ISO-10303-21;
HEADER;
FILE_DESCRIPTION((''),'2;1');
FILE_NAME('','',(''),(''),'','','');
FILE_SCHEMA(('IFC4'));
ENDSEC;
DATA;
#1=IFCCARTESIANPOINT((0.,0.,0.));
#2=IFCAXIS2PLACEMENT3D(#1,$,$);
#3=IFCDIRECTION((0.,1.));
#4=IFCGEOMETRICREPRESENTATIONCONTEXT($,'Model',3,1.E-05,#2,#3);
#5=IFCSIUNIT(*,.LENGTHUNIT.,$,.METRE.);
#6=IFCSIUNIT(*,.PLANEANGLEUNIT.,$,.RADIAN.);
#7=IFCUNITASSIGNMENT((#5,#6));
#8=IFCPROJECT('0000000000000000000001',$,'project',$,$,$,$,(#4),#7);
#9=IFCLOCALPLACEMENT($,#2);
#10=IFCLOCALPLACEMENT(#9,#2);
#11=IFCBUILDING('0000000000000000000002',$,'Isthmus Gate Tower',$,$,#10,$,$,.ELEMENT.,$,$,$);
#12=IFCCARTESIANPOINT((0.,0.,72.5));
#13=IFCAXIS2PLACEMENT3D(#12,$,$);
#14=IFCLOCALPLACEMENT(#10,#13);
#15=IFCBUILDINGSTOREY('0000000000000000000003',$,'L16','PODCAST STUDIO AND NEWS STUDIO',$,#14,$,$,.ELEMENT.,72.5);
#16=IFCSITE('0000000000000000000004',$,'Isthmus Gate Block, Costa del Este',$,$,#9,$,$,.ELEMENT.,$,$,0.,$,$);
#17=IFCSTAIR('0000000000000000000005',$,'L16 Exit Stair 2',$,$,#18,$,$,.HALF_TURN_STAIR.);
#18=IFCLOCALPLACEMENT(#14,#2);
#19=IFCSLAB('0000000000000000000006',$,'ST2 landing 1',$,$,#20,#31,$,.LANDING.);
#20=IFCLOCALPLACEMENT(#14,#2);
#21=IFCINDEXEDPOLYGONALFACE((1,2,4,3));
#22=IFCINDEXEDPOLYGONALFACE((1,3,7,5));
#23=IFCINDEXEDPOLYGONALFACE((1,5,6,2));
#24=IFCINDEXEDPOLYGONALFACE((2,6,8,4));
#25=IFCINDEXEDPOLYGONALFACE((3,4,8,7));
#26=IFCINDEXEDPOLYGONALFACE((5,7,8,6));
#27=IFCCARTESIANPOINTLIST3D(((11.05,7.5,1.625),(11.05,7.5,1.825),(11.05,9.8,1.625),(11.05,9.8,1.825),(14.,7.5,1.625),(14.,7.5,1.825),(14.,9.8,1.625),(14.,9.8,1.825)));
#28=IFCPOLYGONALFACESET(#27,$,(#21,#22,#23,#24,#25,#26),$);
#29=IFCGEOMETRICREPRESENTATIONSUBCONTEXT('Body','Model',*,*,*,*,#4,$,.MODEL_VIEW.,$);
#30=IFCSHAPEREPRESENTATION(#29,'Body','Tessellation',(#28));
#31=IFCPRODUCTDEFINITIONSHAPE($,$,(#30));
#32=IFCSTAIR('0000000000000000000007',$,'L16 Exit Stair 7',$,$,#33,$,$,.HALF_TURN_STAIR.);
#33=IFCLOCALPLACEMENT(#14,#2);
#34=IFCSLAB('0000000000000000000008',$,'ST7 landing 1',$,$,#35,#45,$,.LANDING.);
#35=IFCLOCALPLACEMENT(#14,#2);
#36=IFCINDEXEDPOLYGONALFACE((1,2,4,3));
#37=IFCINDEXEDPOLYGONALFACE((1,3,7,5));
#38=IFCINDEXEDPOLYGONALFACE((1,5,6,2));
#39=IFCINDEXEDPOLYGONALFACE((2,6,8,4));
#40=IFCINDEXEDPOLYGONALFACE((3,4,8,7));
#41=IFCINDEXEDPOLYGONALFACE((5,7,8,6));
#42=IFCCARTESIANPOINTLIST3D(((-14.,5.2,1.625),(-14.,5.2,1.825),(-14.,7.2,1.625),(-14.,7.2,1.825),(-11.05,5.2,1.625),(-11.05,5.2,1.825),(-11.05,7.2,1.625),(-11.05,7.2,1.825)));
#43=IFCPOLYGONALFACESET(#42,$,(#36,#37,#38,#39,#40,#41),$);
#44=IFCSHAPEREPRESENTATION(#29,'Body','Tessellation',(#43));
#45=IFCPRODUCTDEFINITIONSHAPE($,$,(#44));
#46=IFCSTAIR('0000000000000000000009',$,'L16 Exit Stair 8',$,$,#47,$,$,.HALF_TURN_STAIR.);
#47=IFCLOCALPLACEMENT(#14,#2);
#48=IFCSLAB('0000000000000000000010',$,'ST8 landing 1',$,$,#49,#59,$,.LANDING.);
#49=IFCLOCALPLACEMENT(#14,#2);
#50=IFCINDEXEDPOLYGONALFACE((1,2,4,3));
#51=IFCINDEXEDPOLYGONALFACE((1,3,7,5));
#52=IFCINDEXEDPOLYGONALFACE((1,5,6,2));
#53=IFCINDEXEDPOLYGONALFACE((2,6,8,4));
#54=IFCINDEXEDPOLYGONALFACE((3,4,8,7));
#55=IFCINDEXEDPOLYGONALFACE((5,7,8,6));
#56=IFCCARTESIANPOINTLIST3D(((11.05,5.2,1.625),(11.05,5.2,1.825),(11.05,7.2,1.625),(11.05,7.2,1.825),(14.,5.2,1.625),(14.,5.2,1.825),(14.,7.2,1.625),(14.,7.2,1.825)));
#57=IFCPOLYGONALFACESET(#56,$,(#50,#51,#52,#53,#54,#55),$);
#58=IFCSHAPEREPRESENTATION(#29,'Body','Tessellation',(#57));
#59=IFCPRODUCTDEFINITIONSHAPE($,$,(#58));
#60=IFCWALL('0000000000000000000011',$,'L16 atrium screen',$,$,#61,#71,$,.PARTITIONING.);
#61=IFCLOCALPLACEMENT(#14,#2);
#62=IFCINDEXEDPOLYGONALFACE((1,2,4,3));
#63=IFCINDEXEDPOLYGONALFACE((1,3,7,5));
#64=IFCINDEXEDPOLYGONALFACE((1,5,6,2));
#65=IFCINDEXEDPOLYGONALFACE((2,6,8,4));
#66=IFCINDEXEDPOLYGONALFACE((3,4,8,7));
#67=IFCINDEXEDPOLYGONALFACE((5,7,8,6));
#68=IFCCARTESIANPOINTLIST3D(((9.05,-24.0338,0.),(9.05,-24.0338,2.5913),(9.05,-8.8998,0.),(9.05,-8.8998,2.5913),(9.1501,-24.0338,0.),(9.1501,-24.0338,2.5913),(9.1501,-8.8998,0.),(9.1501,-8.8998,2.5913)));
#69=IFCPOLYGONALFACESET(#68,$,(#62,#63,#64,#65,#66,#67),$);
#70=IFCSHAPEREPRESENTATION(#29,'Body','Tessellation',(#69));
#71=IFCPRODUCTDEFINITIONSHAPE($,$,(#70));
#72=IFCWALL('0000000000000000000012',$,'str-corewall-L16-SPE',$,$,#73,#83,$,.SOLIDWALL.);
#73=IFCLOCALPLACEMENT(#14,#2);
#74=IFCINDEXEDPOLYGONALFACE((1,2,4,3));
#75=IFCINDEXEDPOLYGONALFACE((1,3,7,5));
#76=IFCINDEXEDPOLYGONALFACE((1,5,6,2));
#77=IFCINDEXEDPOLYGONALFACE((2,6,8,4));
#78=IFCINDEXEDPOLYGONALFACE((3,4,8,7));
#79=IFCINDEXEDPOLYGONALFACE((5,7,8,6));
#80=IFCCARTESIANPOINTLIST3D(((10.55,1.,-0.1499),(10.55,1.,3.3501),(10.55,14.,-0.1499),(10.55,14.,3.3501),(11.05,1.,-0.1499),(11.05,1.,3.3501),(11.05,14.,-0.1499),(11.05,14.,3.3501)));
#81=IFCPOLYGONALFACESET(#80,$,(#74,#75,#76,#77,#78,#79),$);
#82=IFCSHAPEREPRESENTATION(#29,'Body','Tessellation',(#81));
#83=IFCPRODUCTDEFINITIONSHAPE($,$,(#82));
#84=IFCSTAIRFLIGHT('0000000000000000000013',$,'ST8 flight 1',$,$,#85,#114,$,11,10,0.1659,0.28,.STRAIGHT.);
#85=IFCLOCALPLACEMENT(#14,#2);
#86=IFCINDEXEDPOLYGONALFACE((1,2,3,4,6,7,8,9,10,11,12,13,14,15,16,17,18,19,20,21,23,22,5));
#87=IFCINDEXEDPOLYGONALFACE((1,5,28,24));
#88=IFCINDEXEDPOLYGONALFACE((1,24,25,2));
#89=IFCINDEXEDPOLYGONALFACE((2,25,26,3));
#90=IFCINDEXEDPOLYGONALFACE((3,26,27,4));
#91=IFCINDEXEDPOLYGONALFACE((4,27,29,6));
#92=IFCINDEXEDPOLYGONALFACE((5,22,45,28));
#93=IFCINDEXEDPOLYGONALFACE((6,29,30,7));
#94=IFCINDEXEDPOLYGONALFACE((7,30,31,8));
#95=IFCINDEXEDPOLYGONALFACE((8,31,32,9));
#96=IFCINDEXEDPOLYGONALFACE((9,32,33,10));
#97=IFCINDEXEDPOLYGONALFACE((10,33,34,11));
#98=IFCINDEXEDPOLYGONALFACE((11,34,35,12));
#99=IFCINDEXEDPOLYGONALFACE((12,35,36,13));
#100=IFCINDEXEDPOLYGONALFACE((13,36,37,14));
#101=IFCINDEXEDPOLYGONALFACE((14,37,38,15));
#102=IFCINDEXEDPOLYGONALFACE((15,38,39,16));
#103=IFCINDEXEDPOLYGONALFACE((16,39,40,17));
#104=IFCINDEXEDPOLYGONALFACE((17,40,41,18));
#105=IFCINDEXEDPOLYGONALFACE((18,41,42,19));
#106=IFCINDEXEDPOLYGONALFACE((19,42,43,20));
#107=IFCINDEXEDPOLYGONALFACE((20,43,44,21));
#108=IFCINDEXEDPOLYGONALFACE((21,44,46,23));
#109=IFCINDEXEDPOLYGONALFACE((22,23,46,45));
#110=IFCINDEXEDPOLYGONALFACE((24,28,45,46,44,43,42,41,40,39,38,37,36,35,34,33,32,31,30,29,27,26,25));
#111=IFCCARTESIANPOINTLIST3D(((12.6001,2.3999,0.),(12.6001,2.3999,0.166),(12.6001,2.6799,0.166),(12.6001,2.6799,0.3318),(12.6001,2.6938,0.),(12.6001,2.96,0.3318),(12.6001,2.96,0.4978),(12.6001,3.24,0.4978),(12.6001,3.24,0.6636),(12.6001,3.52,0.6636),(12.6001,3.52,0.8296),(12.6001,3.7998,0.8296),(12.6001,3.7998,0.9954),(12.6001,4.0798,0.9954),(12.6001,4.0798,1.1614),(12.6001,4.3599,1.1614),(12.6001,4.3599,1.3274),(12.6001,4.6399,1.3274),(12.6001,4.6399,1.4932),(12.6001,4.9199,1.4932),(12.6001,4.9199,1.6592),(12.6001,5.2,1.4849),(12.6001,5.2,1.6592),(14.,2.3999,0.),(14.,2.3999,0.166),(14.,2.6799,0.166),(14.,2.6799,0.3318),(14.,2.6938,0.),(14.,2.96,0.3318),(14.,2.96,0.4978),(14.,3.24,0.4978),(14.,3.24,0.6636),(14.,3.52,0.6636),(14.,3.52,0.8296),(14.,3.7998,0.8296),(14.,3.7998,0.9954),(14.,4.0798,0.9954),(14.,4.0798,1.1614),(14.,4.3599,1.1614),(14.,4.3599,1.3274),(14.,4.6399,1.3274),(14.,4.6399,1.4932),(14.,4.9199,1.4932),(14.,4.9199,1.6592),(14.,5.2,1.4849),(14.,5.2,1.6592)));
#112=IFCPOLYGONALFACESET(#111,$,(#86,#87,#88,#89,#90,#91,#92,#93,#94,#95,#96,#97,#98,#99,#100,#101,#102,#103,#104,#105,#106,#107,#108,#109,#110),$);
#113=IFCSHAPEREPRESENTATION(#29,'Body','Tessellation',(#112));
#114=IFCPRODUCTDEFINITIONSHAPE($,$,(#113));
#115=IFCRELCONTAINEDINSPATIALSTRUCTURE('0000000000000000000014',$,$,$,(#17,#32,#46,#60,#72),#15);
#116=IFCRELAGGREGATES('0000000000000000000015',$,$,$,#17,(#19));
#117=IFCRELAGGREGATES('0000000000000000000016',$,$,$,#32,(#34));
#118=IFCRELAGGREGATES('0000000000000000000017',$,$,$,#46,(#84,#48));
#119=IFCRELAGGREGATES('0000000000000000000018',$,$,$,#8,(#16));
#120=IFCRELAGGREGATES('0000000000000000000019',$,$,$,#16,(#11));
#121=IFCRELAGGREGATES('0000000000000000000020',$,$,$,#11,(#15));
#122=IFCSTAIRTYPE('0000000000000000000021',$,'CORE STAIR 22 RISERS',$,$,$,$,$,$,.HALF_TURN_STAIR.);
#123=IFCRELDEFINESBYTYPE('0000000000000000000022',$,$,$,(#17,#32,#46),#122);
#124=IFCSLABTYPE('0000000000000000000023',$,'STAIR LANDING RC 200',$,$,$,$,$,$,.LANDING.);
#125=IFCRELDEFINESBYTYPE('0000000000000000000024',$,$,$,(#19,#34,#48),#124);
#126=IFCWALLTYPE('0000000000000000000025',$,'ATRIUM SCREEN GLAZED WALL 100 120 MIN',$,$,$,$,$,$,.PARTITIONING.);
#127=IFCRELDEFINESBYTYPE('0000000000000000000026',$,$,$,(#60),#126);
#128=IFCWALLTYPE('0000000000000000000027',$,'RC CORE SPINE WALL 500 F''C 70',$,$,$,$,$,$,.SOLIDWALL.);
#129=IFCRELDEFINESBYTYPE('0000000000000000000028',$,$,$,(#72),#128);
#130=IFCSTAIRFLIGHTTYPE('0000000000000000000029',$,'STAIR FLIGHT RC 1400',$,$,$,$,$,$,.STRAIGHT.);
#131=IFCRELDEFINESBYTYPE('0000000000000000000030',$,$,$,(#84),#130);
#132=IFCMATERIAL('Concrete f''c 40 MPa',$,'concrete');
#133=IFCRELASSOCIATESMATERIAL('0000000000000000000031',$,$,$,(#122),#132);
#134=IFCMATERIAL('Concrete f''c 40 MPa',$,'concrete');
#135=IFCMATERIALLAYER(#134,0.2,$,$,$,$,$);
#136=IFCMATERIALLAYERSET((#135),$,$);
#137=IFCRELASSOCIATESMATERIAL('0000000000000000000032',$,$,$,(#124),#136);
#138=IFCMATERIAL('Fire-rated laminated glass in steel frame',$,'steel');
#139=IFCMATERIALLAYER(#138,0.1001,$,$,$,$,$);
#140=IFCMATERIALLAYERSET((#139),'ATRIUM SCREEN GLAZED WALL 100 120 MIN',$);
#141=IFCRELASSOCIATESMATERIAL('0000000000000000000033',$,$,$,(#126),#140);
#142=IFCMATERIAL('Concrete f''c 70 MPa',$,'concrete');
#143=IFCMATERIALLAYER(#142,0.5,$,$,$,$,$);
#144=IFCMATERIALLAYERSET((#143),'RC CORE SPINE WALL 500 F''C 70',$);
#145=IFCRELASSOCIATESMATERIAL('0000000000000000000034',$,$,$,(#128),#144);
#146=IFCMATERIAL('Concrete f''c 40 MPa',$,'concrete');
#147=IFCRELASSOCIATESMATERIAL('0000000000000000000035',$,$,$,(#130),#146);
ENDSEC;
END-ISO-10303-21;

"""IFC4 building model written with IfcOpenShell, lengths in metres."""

from ifc_helpers import new_model, si_unit, direction, frame, frame_2d, origin, place, context, subcontext, project, spatial, polyline, rectangle, outline, extrude, material, layer, layer_set, type_object, element, aggregate, save


model = new_model("IFC4")

# Units and contexts
model_context = context("Model", 3, precision=1e-05, world=origin(), true_north=direction((0.0, 1.0)))
body_context = subcontext(model_context, "Body", "Model", "MODEL_VIEW")
ifc_project = project(units=[si_unit("LENGTHUNIT", "METRE"), si_unit("PLANEANGLEUNIT", "RADIAN")], contexts=[model_context])

# Site, building, storey
site_placement = place(None, origin())
site = spatial("IfcSite", under=ifc_project, at=site_placement, Name="Isthmus Gate Block, Costa del Este", CompositionType="ELEMENT", RefElevation=0.0)
building_placement = place(site_placement, origin())
building = spatial("IfcBuilding", under=site, at=building_placement, Name="Isthmus Gate Tower", CompositionType="ELEMENT")
storey_placement = place(building_placement, frame((0.0, 0.0, 72.5)))
storey = spatial("IfcBuildingStorey", under=building, at=storey_placement, Name="L16", Description="PODCAST STUDIO AND NEWS STUDIO", CompositionType="ELEMENT", Elevation=72.5)

# Stairs, slabs
ifc_material_1 = material(Name="Concrete f'c 40 MPa", Category="concrete")
stair_type = type_object("IfcStairType", Name="CORE STAIR 22 RISERS", PredefinedType="HALF_TURN_STAIR", material=ifc_material_1)
ifc_material_2 = material(Name="Concrete f'c 40 MPa", Category="concrete")
ifc_layer_1 = layer(ifc_material_2, 0.2)
ifc_layer_set_1 = layer_set([ifc_layer_1])
slab_type_1 = type_object("IfcSlabType", Name="STAIR LANDING RC 200", PredefinedType="LANDING", material=ifc_layer_set_1)
stair_1_placement = place(storey_placement, origin())
stair_1 = element("IfcStair", 1, at=stair_1_placement, inside=storey, type_object=stair_type, Name="L16 Exit Stair 2", PredefinedType="HALF_TURN_STAIR")
slab_1_placement = place(storey_placement, frame((0.0, 0.0, 1.625)))
slab_1 = element("IfcSlab", 2, at=slab_1_placement, type_object=slab_type_1, Name="ST2 landing 1", PredefinedType="LANDING", context=body_context, shape_type="SweptSolid", body=[
    extrude(outline(polyline([(11.05, 9.8), (11.05, 7.5), (14.0, 7.5), (14.0, 9.8), (11.05, 9.8)])), origin(), (0.0, 0.0, 1.0), 0.2),
])
aggregate(stair_1, [slab_1])
stair_2_placement = place(storey_placement, origin())
stair_2 = element("IfcStair", 3, at=stair_2_placement, inside=storey, type_object=stair_type, Name="L16 Exit Stair 7", PredefinedType="HALF_TURN_STAIR")
slab_2_placement = place(storey_placement, frame((0.0, 0.0, 1.625)))
slab_2 = element("IfcSlab", 4, at=slab_2_placement, type_object=slab_type_1, Name="ST7 landing 1", PredefinedType="LANDING", context=body_context, shape_type="SweptSolid", body=[
    extrude(outline(polyline([(-11.05, 5.2), (-11.05, 7.2), (-14.0, 7.2), (-14.0, 5.2), (-11.05, 5.2)])), origin(), (0.0, 0.0, 1.0), 0.2),
])
aggregate(stair_2, [slab_2])
stair_3_placement = place(storey_placement, origin())
stair_3 = element("IfcStair", 5, at=stair_3_placement, inside=storey, type_object=stair_type, Name="L16 Exit Stair 8", PredefinedType="HALF_TURN_STAIR")
slab_3_placement = place(storey_placement, frame((0.0, 0.0, 1.625)))
slab_3 = element("IfcSlab", 6, at=slab_3_placement, type_object=slab_type_1, Name="ST8 landing 1", PredefinedType="LANDING", context=body_context, shape_type="SweptSolid", body=[
    extrude(outline(polyline([(14.0, 5.2), (14.0, 7.2), (11.05, 7.2), (11.05, 5.2), (14.0, 5.2)])), origin(), (0.0, 0.0, 1.0), 0.2),
])

# Walls
ifc_material_3 = material(Name="Fire-rated laminated glass in steel frame", Category="steel")
ifc_layer_2 = layer(ifc_material_3, 0.1001)
ifc_layer_set_2 = layer_set([ifc_layer_2], Name="ATRIUM SCREEN GLAZED WALL 100 120 MIN")
wall_type_1 = type_object("IfcWallType", Name="ATRIUM SCREEN GLAZED WALL 100 120 MIN", PredefinedType="PARTITIONING", material=ifc_layer_set_2)
wall_1_placement = place(storey_placement, frame((9.1001, -8.8999, 0.0), z_axis=(0.0, 0.0, 1.0), x_axis=(0.0, -1.0, 0.0)))
element("IfcWall", 7, at=wall_1_placement, inside=storey, type_object=wall_type_1, Name="L16 atrium screen", PredefinedType="PARTITIONING", context=body_context, shape_type="SweptSolid", body=[
    extrude(rectangle(XDim=15.134, YDim=0.1001, at=frame_2d((7.5669, 0.0))), origin(), (0.0, 0.0, 1.0), 2.5913),
])
ifc_material_4 = material(Name="Concrete f'c 70 MPa", Category="concrete")
ifc_layer_3 = layer(ifc_material_4, 0.5)
ifc_layer_set_3 = layer_set([ifc_layer_3], Name="RC CORE SPINE WALL 500 F'C 70")
wall_type_2 = type_object("IfcWallType", Name="RC CORE SPINE WALL 500 F'C 70", PredefinedType="SOLIDWALL", material=ifc_layer_set_3)
wall_2_placement = place(storey_placement, frame((10.8, 1.0, -0.1499), z_axis=(0.0, 0.0, 1.0), x_axis=(0.0, 1.0, 0.0)))
element("IfcWall", 8, at=wall_2_placement, inside=storey, type_object=wall_type_2, Name="str-corewall-L16-SPE", PredefinedType="SOLIDWALL", context=body_context, shape_type="SweptSolid", body=[
    extrude(rectangle(XDim=13.0, YDim=0.5, at=frame_2d((6.5, 0.0))), origin(), (0.0, 0.0, 1.0), 3.5),
])

# Stair flight
ifc_material_5 = material(Name="Concrete f'c 40 MPa", Category="concrete")
stair_flight_type = type_object("IfcStairFlightType", Name="STAIR FLIGHT RC 1400", PredefinedType="STRAIGHT", material=ifc_material_5)
stair_flight_placement = place(storey_placement, frame((13.3, 2.3999, 0.0), z_axis=(0.0, 0.0, 1.0), x_axis=(0.0, 1.0, 0.0)))
stair_flight = element("IfcStairFlight", 9, at=stair_flight_placement, type_object=stair_flight_type, Name="ST8 flight 1", NumberOfRisers=11, NumberOfTreads=10, PredefinedType="STRAIGHT", RiserHeight=0.1659, TreadLength=0.28, context=body_context, shape_type="SweptSolid", body=[
    extrude(outline(polyline([(0.0, 0.0), (0.0, 0.166), (0.28, 0.166), (0.28, 0.3318), (0.5601, 0.3318), (0.5601, 0.4978), (0.8401, 0.4978), (0.8401, 0.6636), (1.1201, 0.6636), (1.1201, 0.8296), (1.3999, 0.8296), (1.3999, 0.9954), (1.6799, 0.9954), (1.6799, 1.1614), (1.96, 1.1614), (1.96, 1.3274), (2.24, 1.3274), (2.24, 1.4932), (2.52, 1.4932), (2.52, 1.6592), (2.8, 1.6592), (2.8, 1.825), (2.8, 1.4849), (0.2939, 0.0), (0.0, 0.0)])), frame((0.0, 0.7, 0.0), z_axis=(0.0, -1.0, 0.0), x_axis=(1.0, 0.0, 0.0)), (0.0, 0.0, 1.0), 1.3999),
])
aggregate(stair_3, [stair_flight, slab_3])

save(model, "model.ifc")
